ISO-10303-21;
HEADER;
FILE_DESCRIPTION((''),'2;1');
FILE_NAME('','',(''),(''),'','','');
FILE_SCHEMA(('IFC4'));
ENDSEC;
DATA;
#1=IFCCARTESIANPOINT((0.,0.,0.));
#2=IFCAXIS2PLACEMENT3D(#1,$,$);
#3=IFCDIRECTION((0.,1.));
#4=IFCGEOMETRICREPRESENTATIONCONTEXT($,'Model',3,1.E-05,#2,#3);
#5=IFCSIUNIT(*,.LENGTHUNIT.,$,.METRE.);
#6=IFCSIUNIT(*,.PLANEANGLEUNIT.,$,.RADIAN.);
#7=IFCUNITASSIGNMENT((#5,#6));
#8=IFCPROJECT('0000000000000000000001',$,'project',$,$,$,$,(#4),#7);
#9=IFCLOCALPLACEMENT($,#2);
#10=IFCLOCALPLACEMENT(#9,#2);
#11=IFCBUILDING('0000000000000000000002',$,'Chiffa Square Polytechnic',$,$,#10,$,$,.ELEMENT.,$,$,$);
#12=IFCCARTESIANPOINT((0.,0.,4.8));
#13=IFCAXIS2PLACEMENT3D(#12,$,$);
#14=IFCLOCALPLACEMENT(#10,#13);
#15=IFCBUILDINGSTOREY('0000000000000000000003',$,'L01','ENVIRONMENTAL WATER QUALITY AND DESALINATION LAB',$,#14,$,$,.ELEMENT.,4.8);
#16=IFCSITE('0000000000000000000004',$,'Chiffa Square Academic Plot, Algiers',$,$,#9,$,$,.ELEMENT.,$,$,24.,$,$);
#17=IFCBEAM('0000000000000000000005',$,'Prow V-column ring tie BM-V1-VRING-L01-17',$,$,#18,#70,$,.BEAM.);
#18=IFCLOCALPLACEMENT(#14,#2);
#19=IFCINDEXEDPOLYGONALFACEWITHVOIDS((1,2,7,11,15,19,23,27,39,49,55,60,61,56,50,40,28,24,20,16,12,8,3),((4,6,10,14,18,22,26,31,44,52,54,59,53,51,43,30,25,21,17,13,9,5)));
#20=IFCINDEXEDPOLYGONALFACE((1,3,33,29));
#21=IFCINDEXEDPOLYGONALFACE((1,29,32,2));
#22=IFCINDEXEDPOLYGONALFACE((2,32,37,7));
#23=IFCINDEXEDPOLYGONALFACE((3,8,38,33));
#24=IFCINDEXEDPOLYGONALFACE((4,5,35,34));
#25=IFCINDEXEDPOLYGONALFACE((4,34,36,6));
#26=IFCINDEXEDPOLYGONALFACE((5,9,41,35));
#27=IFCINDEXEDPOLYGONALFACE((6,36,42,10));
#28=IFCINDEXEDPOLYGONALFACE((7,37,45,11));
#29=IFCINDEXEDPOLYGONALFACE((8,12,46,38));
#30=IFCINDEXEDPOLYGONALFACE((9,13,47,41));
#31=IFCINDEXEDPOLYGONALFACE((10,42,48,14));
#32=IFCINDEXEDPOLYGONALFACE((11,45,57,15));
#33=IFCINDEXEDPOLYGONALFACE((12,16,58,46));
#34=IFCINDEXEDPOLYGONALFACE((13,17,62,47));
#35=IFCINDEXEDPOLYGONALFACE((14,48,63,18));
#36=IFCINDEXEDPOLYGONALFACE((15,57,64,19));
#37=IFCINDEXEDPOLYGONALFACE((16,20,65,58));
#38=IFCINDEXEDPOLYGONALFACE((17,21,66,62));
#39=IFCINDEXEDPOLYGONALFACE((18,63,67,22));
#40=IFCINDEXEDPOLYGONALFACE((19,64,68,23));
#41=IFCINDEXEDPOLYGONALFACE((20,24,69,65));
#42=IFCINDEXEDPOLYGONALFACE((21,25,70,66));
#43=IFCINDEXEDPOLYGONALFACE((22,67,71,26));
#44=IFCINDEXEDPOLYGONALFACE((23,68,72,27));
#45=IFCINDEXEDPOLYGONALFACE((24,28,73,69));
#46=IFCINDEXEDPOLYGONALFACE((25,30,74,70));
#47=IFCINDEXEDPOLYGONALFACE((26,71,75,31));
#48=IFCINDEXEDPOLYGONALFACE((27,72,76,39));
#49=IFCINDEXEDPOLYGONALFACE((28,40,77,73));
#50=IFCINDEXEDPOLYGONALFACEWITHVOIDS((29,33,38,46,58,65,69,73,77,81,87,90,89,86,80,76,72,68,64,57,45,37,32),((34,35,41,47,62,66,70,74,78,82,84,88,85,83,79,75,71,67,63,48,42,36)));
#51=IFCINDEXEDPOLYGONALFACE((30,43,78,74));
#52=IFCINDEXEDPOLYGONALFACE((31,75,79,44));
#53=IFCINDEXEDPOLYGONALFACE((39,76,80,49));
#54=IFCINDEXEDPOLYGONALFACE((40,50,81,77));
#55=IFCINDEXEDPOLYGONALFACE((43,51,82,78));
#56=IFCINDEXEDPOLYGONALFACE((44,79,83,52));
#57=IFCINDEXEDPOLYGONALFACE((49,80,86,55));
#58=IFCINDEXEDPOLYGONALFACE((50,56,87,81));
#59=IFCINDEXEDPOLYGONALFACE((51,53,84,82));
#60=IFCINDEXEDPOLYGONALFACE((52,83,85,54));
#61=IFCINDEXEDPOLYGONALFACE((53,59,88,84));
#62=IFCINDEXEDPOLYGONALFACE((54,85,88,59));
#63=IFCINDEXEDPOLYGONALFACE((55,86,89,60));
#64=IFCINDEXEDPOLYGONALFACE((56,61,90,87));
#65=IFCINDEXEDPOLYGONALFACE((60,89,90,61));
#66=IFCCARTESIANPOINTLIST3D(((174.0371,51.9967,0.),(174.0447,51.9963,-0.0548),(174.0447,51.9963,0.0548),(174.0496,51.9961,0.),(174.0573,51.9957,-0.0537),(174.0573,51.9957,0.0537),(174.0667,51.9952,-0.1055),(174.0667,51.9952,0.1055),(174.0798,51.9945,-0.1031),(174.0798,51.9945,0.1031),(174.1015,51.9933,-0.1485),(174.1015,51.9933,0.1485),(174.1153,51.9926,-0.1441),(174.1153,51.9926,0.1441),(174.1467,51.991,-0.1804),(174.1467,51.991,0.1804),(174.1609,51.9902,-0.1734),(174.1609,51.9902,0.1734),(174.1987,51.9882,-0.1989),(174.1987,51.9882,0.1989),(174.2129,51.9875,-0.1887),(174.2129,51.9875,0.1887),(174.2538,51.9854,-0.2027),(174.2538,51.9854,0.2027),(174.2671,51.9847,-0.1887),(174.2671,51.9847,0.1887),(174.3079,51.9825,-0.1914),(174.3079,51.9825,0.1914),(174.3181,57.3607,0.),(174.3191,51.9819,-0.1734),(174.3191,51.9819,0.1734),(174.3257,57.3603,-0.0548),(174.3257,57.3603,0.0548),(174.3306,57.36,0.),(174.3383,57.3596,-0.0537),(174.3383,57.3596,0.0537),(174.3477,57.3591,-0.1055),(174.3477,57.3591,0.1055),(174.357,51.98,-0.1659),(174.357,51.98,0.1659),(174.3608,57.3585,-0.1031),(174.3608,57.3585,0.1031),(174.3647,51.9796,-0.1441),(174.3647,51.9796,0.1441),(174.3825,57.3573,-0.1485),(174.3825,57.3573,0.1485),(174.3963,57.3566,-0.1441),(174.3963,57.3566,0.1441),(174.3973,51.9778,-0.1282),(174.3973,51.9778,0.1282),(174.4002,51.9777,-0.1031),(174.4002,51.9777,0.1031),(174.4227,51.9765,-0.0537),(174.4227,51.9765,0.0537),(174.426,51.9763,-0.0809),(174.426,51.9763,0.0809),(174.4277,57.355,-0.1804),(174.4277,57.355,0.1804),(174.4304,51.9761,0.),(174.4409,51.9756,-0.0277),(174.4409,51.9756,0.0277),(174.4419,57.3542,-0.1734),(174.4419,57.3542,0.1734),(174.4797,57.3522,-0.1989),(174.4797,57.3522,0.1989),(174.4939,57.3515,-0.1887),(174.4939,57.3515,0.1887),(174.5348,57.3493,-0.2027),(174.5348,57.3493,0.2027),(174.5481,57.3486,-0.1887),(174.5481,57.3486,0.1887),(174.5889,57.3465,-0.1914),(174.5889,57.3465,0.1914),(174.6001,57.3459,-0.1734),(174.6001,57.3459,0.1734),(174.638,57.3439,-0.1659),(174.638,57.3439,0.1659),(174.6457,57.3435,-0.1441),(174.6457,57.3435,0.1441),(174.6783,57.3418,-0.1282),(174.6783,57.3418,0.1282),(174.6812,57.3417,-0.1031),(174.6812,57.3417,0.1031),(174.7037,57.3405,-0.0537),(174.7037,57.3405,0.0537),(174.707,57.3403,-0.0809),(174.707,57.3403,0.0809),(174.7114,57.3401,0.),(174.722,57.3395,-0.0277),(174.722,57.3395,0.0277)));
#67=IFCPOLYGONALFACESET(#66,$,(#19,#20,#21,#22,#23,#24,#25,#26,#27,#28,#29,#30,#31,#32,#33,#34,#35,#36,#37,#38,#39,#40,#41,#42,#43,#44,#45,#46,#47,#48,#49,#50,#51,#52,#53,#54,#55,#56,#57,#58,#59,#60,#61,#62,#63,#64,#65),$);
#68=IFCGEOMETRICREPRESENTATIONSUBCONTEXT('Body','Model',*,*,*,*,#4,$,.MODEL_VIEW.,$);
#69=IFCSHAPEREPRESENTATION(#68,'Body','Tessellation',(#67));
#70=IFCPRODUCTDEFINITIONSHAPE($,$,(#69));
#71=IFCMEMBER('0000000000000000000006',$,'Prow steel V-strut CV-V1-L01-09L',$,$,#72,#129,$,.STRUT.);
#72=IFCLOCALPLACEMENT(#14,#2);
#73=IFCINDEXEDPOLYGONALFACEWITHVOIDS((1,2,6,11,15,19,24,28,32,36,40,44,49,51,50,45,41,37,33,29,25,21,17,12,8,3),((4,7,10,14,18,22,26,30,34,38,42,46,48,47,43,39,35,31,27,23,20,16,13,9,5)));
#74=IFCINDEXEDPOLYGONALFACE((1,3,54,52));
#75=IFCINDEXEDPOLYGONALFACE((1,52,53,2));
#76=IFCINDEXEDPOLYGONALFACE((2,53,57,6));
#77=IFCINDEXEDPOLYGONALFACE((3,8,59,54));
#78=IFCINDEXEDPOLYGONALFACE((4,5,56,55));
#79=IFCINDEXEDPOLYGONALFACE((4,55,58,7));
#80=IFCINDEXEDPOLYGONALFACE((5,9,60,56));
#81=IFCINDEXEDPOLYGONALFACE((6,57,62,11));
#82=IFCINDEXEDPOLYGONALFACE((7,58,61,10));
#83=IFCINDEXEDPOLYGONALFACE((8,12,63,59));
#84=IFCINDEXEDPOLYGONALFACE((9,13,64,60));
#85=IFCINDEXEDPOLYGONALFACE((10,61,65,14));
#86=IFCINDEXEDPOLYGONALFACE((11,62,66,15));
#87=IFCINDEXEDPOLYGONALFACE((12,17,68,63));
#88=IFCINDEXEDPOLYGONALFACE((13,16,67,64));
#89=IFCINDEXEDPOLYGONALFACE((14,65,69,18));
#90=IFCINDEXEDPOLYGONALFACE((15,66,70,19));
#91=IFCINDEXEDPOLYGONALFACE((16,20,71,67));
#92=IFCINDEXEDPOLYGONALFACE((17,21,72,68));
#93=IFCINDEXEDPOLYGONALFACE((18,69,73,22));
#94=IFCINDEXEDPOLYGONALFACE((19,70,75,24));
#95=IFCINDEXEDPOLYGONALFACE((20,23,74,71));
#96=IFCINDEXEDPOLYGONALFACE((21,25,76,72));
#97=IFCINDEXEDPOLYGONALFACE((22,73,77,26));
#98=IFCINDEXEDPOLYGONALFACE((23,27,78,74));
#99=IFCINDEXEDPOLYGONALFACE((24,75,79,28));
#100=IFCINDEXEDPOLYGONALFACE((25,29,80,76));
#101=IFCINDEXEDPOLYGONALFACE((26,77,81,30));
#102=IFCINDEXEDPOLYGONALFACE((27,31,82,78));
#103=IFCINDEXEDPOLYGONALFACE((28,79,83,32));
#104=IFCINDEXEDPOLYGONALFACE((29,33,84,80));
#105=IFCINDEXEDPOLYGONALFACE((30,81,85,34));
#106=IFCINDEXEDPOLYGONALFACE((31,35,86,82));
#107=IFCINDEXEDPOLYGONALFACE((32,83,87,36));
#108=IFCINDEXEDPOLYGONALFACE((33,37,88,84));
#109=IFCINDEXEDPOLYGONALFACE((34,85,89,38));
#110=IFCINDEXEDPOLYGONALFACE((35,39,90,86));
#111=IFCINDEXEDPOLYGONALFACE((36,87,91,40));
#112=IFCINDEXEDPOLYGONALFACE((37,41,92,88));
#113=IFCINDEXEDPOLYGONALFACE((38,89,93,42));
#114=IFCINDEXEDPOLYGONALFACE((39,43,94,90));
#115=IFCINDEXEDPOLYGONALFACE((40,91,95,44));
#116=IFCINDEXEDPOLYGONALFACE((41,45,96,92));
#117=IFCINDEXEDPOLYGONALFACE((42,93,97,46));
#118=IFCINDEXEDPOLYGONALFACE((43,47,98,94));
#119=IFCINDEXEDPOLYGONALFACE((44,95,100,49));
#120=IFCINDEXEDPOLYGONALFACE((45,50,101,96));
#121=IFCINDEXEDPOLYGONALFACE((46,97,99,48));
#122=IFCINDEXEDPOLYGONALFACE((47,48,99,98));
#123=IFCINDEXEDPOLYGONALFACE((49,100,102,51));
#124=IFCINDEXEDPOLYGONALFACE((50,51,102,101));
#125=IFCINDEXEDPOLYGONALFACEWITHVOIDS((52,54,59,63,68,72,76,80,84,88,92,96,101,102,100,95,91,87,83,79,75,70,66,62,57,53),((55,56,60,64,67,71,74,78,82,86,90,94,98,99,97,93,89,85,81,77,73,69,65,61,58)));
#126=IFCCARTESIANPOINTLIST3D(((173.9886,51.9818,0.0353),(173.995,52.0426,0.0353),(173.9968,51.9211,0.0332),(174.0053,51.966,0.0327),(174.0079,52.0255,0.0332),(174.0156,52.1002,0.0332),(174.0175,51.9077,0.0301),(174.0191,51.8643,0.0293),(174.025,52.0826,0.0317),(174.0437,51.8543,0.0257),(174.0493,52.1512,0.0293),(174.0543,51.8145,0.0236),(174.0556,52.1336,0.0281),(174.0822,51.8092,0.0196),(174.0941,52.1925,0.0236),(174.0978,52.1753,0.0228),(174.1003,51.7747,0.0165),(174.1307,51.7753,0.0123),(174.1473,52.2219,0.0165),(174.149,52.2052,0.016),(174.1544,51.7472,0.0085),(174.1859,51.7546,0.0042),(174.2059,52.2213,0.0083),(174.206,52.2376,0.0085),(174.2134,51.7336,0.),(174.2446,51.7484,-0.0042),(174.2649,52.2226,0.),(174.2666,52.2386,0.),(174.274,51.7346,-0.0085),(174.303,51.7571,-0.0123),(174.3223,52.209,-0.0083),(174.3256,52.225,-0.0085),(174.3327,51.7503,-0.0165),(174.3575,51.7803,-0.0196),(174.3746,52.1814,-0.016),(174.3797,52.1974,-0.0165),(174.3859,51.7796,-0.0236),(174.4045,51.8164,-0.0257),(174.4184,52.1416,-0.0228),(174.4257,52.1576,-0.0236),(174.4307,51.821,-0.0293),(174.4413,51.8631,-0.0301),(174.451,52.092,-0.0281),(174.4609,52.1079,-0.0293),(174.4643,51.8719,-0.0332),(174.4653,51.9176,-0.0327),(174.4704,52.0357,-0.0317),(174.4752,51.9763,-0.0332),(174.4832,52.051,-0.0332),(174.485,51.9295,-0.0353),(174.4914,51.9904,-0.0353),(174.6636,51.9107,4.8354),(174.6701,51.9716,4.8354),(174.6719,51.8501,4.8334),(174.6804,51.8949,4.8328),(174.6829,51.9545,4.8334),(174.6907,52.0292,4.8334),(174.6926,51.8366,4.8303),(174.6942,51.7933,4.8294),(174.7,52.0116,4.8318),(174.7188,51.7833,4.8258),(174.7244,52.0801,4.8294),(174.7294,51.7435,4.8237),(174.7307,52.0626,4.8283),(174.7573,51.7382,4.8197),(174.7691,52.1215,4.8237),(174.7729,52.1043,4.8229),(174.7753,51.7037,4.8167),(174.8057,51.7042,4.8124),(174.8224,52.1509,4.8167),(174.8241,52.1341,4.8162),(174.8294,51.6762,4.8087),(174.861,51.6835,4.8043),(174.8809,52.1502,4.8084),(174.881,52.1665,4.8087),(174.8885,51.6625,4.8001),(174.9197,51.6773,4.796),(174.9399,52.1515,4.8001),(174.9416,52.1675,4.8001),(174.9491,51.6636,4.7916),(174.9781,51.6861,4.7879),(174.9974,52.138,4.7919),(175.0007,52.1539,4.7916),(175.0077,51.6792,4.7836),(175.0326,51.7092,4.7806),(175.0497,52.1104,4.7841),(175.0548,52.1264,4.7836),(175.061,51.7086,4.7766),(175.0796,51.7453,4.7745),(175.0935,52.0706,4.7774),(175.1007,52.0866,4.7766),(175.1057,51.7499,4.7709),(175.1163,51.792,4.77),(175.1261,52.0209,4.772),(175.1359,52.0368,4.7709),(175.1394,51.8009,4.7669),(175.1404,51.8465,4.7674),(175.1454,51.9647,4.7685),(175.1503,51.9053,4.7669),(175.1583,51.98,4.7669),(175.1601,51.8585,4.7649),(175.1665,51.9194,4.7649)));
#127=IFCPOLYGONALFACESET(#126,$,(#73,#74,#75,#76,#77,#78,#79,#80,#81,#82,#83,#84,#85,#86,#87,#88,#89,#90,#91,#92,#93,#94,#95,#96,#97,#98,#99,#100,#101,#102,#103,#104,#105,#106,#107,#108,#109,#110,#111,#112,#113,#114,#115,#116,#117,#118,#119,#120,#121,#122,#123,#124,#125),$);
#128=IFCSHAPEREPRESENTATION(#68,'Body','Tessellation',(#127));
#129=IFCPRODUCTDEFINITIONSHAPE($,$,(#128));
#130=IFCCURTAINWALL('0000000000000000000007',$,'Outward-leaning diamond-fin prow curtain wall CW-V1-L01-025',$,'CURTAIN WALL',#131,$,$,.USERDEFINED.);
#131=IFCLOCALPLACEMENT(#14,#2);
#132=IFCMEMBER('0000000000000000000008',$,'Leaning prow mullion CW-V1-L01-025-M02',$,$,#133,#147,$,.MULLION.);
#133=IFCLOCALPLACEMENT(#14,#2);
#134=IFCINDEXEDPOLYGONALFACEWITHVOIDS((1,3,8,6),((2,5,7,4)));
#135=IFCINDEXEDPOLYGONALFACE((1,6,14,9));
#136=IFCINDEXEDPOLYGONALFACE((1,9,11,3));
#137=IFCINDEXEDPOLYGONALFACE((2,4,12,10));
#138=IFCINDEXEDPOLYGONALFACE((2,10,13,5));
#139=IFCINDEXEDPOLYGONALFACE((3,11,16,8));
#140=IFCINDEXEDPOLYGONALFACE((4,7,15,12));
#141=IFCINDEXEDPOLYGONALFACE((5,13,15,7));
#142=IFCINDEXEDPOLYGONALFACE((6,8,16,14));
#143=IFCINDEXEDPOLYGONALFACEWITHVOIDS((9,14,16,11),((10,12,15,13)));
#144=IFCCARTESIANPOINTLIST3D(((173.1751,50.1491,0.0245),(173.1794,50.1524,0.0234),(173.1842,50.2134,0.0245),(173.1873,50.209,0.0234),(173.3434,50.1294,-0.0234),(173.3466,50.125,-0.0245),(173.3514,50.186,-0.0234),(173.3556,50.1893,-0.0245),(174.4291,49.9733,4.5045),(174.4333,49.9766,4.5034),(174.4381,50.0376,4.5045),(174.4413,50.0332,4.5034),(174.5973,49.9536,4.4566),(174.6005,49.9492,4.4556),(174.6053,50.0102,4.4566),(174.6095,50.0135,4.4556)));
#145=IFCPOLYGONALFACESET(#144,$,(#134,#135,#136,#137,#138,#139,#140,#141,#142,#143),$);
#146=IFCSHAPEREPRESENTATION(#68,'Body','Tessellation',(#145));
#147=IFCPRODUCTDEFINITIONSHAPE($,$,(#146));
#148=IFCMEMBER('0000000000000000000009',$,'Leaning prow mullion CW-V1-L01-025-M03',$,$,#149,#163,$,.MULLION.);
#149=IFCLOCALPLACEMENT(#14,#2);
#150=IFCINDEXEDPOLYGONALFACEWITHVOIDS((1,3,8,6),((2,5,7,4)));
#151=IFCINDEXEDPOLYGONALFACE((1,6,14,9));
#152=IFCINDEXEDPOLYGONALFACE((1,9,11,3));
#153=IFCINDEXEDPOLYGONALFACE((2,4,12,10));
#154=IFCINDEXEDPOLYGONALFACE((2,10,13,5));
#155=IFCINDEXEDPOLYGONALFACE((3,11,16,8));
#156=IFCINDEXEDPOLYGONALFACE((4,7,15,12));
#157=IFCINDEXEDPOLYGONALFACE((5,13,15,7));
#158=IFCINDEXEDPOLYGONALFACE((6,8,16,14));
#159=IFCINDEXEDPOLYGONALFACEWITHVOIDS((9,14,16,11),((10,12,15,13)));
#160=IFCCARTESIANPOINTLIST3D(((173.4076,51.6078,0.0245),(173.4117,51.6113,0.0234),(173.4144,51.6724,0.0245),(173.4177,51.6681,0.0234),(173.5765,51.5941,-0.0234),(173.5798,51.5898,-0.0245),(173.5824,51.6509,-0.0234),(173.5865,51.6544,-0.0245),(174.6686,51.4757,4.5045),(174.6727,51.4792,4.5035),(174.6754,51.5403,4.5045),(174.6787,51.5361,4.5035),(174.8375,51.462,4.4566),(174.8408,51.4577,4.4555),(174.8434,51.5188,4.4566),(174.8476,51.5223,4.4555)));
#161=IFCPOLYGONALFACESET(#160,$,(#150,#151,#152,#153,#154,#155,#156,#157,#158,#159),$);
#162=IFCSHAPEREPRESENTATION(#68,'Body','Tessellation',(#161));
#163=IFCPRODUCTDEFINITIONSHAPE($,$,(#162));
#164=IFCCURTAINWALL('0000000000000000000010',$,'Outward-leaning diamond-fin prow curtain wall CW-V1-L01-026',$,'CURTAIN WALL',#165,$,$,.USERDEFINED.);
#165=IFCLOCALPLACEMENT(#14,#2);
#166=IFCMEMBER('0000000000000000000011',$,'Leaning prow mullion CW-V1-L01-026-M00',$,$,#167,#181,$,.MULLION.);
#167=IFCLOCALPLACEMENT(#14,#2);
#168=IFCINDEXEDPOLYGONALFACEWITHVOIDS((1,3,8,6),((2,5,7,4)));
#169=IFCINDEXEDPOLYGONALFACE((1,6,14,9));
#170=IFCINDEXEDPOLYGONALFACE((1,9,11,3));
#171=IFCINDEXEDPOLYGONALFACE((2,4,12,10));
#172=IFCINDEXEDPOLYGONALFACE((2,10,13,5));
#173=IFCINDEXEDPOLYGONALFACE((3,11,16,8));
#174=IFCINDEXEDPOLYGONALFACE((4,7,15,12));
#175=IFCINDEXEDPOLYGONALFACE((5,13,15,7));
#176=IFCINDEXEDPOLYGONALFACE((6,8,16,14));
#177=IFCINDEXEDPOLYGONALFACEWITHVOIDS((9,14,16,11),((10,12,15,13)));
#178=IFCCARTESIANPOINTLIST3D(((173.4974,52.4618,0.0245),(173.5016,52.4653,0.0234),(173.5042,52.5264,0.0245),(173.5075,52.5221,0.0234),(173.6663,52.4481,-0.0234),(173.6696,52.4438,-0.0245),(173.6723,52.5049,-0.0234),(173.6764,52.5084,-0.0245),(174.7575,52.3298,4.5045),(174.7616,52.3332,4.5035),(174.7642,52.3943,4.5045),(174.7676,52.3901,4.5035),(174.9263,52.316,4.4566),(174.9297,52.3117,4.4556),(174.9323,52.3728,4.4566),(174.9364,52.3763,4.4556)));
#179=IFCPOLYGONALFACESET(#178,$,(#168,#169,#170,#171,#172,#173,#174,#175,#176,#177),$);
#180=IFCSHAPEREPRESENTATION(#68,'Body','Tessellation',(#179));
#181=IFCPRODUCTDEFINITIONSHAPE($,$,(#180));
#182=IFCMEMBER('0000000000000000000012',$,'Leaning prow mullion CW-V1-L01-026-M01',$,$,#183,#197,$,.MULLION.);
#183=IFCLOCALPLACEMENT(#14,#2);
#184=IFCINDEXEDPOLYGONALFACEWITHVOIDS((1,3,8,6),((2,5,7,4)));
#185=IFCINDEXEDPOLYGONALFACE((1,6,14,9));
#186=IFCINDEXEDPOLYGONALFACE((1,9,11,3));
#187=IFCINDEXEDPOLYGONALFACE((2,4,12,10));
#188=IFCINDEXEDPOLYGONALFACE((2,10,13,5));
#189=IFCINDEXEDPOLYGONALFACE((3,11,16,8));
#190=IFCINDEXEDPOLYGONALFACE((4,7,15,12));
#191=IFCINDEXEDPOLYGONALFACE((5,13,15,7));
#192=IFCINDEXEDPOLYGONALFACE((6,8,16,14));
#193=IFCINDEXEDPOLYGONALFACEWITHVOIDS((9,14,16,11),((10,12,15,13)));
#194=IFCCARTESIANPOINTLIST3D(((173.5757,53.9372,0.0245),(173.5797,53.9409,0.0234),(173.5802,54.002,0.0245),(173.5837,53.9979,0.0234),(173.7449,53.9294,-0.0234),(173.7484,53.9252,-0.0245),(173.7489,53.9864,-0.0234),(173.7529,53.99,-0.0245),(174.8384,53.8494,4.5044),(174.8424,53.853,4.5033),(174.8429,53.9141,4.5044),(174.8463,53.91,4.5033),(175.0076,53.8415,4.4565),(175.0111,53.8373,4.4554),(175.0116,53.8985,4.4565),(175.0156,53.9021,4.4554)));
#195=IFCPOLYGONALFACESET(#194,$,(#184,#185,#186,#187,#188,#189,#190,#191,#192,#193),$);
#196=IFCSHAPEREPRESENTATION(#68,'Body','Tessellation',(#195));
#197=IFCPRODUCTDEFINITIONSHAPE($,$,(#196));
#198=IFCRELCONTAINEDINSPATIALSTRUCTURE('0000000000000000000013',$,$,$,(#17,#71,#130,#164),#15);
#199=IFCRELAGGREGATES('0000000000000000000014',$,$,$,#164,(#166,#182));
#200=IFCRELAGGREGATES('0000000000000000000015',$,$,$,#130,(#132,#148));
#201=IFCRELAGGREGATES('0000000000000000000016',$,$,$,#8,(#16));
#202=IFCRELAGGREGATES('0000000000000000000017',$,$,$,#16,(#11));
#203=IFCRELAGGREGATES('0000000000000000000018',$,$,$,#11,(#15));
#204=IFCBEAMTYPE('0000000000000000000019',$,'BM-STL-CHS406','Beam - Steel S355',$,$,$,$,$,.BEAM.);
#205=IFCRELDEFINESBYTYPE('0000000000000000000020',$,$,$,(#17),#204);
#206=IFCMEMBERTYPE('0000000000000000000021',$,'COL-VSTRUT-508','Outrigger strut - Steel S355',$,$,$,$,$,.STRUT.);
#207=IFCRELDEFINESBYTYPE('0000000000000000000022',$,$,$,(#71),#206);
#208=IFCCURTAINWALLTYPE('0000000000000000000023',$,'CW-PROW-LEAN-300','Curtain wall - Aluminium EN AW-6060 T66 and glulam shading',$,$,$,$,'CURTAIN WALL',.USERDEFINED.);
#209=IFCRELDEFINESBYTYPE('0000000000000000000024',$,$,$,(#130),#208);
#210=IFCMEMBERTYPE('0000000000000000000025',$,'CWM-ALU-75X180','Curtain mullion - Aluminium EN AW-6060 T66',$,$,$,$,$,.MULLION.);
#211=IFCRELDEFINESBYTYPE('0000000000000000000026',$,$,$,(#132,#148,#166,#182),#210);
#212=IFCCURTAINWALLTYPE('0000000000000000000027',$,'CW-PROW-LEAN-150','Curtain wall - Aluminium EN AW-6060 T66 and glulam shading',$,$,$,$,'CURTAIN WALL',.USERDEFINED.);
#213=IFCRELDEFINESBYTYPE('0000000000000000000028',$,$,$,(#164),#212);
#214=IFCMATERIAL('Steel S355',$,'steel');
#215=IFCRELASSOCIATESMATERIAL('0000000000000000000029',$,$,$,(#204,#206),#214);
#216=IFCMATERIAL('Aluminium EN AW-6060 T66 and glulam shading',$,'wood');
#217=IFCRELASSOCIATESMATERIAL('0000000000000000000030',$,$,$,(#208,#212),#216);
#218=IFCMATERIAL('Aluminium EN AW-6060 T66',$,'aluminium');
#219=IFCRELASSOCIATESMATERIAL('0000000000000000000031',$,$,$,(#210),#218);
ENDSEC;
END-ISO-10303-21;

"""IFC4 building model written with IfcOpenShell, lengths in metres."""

from ifc_helpers import new_model, si_unit, direction, frame, origin, origin_2d, place, context, subcontext, project, spatial, hollow_rectangle, hollow_circle, extrude, material, material_profile, profile_set, type_object, element, aggregate, save


model = new_model("IFC4")

# Units and contexts
model_context = context("Model", 3, precision=1e-05, world=origin(), true_north=direction((0.0, 1.0)))
body_context = subcontext(model_context, "Body", "Model", "MODEL_VIEW")
ifc_project = project(units=[si_unit("LENGTHUNIT", "METRE"), si_unit("PLANEANGLEUNIT", "RADIAN")], contexts=[model_context])

# Site, building, storey
site_placement = place(None, origin())
site = spatial("IfcSite", under=ifc_project, at=site_placement, Name="Chiffa Square Academic Plot, Algiers", CompositionType="ELEMENT", RefElevation=24.0)
building_placement = place(site_placement, origin())
building = spatial("IfcBuilding", under=site, at=building_placement, Name="Chiffa Square Polytechnic", CompositionType="ELEMENT")
storey_placement = place(building_placement, frame((0.0, 0.0, 4.8)))
storey = spatial("IfcBuildingStorey", under=building, at=storey_placement, Name="L01", Description="ENVIRONMENTAL WATER QUALITY AND DESALINATION LAB", CompositionType="ELEMENT", Elevation=4.8)

# Beam
ifc_material_1 = material(Name="Steel S355", Category="steel")
ifc_material_profile_1 = material_profile(ifc_material_1, hollow_circle(Radius=0.2031, WallThickness=0.0125, at=origin_2d()), Name="CHS 406.4x12.5")
ifc_profile_set_1 = profile_set([ifc_material_profile_1], Name="Steel S355")
beam_type = type_object("IfcBeamType", Name="BM-STL-CHS406", Description="Beam - Steel S355", PredefinedType="BEAM", material=ifc_profile_set_1)
beam_placement = place(storey_placement, frame((174.24, 51.9861, 0.0), z_axis=(0.052315, 0.998631, 0.0), x_axis=(-0.998631, 0.052315, 0.0)))
element("IfcBeam", 1, at=beam_placement, inside=storey, type_object=beam_type, Name="Prow V-column ring tie BM-V1-VRING-L01-17", PredefinedType="BEAM", context=body_context, shape_type="SweptSolid", body=[
    extrude(hollow_circle(Radius=0.2031, WallThickness=0.0125, at=origin_2d()), origin(), (0.0, 0.0, 1.0), 5.3713),
])

# Member
ifc_material_profile_2 = material_profile(ifc_material_1, hollow_circle(Radius=0.2539, WallThickness=0.0161, at=origin_2d()), Name="CHS 508x16")
ifc_profile_set_2 = profile_set([ifc_material_profile_2], Name="Steel S355")
member_type_1 = type_object("IfcMemberType", Name="COL-VSTRUT-508", Description="Outrigger strut - Steel S355", PredefinedType="STRUT", material=ifc_profile_set_2)
member_1_placement = place(storey_placement, frame((174.24, 51.9861, 0.0), z_axis=(0.139248, -0.014655, 0.990149), x_axis=(0.104666, 0.994507, 0.0)))
element("IfcMember", 2, at=member_1_placement, inside=storey, type_object=member_type_1, Name="Prow steel V-strut CV-V1-L01-09L", PredefinedType="STRUT", context=body_context, shape_type="SweptSolid", body=[
    extrude(hollow_circle(Radius=0.2539, WallThickness=0.0161, at=origin_2d()), origin(), (0.0, 0.0, 1.0), 4.8479),
])

# Curtain walls, members
ifc_material_2 = material(Name="Aluminium EN AW-6060 T66 and glulam shading", Category="wood")
curtain_wall_type_1 = type_object("IfcCurtainWallType", Name="CW-PROW-LEAN-300", Description="Curtain wall - Aluminium EN AW-6060 T66 and glulam shading", ElementType="CURTAIN WALL", PredefinedType="USERDEFINED", material=ifc_material_2)
curtain_wall_1_placement = place(storey_placement, origin())
curtain_wall_1 = element("IfcCurtainWall", 3, at=curtain_wall_1_placement, inside=storey, type_object=curtain_wall_type_1, Name="Outward-leaning diamond-fin prow curtain wall CW-V1-L01-025", ObjectType="CURTAIN WALL", PredefinedType="USERDEFINED")
ifc_material_3 = material(Name="Aluminium EN AW-6060 T66", Category="aluminium")
ifc_material_profile_3 = material_profile(ifc_material_3, hollow_rectangle(XDim=0.0649, YDim=0.1799, WallThickness=0.0039, at=origin_2d()), Name="ALU 65x180x4")
ifc_profile_set_3 = profile_set([ifc_material_profile_3], Name="Aluminium EN AW-6060 T66")
member_type_2 = type_object("IfcMemberType", Name="CWM-ALU-75X180", Description="Curtain mullion - Aluminium EN AW-6060 T66", PredefinedType="MULLION", material=ifc_profile_set_3)
member_2_placement = place(storey_placement, frame((173.2654, 50.1692, 0.0), z_axis=(0.26934, -0.037758, 0.962305), x_axis=(0.138829, 0.990316, 0.0)))
member_2 = element("IfcMember", 4, at=member_2_placement, type_object=member_type_2, Name="Leaning prow mullion CW-V1-L01-025-M02", PredefinedType="MULLION", context=body_context, shape_type="SweptSolid", body=[
    extrude(hollow_rectangle(XDim=0.0649, YDim=0.1799, WallThickness=0.0039, at=origin_2d()), origin(), (0.0, 0.0, 1.0), 4.6555),
])
member_3_placement = place(storey_placement, frame((173.4971, 51.6311, 0.0), z_axis=(0.270834, -0.028368, 0.962208), x_axis=(0.104174, 0.994559, 0.0)))
member_3 = element("IfcMember", 5, at=member_3_placement, type_object=member_type_2, Name="Leaning prow mullion CW-V1-L01-025-M03", PredefinedType="MULLION", context=body_context, shape_type="SweptSolid", body=[
    extrude(hollow_rectangle(XDim=0.0649, YDim=0.1799, WallThickness=0.0039, at=origin_2d()), origin(), (0.0, 0.0, 1.0), 4.656),
])
curtain_wall_type_2 = type_object("IfcCurtainWallType", Name="CW-PROW-LEAN-150", Description="Curtain wall - Aluminium EN AW-6060 T66 and glulam shading", ElementType="CURTAIN WALL", PredefinedType="USERDEFINED", material=ifc_material_2)
curtain_wall_2_placement = place(storey_placement, origin())
curtain_wall_2 = element("IfcCurtainWall", 6, at=curtain_wall_2_placement, inside=storey, type_object=curtain_wall_type_2, Name="Outward-leaning diamond-fin prow curtain wall CW-V1-L01-026", ObjectType="CURTAIN WALL", PredefinedType="USERDEFINED")
member_4_placement = place(storey_placement, frame((173.5869, 52.4851, 0.0), z_axis=(0.27064, -0.02837, 0.962263), x_axis=(0.104253, 0.994551, 0.0)))
member_4 = element("IfcMember", 7, at=member_4_placement, type_object=member_type_2, Name="Leaning prow mullion CW-V1-L01-026-M00", PredefinedType="MULLION", context=body_context, shape_type="SweptSolid", body=[
    extrude(hollow_rectangle(XDim=0.0649, YDim=0.1799, WallThickness=0.0039, at=origin_2d()), origin(), (0.0, 0.0, 1.0), 4.6558),
])
member_5_placement = place(storey_placement, frame((173.6643, 53.9636, 0.0), z_axis=(0.271235, -0.018879, 0.962328), x_axis=(0.069438, 0.997586, 0.0)))
member_5 = element("IfcMember", 8, at=member_5_placement, type_object=member_type_2, Name="Leaning prow mullion CW-V1-L01-026-M01", PredefinedType="MULLION", context=body_context, shape_type="SweptSolid", body=[
    extrude(hollow_rectangle(XDim=0.0649, YDim=0.1799, WallThickness=0.0039, at=origin_2d()), origin(), (0.0, 0.0, 1.0), 4.6553),
])

aggregate(curtain_wall_2, [member_4, member_5])
aggregate(curtain_wall_1, [member_2, member_3])

save(model, "model.ifc")
